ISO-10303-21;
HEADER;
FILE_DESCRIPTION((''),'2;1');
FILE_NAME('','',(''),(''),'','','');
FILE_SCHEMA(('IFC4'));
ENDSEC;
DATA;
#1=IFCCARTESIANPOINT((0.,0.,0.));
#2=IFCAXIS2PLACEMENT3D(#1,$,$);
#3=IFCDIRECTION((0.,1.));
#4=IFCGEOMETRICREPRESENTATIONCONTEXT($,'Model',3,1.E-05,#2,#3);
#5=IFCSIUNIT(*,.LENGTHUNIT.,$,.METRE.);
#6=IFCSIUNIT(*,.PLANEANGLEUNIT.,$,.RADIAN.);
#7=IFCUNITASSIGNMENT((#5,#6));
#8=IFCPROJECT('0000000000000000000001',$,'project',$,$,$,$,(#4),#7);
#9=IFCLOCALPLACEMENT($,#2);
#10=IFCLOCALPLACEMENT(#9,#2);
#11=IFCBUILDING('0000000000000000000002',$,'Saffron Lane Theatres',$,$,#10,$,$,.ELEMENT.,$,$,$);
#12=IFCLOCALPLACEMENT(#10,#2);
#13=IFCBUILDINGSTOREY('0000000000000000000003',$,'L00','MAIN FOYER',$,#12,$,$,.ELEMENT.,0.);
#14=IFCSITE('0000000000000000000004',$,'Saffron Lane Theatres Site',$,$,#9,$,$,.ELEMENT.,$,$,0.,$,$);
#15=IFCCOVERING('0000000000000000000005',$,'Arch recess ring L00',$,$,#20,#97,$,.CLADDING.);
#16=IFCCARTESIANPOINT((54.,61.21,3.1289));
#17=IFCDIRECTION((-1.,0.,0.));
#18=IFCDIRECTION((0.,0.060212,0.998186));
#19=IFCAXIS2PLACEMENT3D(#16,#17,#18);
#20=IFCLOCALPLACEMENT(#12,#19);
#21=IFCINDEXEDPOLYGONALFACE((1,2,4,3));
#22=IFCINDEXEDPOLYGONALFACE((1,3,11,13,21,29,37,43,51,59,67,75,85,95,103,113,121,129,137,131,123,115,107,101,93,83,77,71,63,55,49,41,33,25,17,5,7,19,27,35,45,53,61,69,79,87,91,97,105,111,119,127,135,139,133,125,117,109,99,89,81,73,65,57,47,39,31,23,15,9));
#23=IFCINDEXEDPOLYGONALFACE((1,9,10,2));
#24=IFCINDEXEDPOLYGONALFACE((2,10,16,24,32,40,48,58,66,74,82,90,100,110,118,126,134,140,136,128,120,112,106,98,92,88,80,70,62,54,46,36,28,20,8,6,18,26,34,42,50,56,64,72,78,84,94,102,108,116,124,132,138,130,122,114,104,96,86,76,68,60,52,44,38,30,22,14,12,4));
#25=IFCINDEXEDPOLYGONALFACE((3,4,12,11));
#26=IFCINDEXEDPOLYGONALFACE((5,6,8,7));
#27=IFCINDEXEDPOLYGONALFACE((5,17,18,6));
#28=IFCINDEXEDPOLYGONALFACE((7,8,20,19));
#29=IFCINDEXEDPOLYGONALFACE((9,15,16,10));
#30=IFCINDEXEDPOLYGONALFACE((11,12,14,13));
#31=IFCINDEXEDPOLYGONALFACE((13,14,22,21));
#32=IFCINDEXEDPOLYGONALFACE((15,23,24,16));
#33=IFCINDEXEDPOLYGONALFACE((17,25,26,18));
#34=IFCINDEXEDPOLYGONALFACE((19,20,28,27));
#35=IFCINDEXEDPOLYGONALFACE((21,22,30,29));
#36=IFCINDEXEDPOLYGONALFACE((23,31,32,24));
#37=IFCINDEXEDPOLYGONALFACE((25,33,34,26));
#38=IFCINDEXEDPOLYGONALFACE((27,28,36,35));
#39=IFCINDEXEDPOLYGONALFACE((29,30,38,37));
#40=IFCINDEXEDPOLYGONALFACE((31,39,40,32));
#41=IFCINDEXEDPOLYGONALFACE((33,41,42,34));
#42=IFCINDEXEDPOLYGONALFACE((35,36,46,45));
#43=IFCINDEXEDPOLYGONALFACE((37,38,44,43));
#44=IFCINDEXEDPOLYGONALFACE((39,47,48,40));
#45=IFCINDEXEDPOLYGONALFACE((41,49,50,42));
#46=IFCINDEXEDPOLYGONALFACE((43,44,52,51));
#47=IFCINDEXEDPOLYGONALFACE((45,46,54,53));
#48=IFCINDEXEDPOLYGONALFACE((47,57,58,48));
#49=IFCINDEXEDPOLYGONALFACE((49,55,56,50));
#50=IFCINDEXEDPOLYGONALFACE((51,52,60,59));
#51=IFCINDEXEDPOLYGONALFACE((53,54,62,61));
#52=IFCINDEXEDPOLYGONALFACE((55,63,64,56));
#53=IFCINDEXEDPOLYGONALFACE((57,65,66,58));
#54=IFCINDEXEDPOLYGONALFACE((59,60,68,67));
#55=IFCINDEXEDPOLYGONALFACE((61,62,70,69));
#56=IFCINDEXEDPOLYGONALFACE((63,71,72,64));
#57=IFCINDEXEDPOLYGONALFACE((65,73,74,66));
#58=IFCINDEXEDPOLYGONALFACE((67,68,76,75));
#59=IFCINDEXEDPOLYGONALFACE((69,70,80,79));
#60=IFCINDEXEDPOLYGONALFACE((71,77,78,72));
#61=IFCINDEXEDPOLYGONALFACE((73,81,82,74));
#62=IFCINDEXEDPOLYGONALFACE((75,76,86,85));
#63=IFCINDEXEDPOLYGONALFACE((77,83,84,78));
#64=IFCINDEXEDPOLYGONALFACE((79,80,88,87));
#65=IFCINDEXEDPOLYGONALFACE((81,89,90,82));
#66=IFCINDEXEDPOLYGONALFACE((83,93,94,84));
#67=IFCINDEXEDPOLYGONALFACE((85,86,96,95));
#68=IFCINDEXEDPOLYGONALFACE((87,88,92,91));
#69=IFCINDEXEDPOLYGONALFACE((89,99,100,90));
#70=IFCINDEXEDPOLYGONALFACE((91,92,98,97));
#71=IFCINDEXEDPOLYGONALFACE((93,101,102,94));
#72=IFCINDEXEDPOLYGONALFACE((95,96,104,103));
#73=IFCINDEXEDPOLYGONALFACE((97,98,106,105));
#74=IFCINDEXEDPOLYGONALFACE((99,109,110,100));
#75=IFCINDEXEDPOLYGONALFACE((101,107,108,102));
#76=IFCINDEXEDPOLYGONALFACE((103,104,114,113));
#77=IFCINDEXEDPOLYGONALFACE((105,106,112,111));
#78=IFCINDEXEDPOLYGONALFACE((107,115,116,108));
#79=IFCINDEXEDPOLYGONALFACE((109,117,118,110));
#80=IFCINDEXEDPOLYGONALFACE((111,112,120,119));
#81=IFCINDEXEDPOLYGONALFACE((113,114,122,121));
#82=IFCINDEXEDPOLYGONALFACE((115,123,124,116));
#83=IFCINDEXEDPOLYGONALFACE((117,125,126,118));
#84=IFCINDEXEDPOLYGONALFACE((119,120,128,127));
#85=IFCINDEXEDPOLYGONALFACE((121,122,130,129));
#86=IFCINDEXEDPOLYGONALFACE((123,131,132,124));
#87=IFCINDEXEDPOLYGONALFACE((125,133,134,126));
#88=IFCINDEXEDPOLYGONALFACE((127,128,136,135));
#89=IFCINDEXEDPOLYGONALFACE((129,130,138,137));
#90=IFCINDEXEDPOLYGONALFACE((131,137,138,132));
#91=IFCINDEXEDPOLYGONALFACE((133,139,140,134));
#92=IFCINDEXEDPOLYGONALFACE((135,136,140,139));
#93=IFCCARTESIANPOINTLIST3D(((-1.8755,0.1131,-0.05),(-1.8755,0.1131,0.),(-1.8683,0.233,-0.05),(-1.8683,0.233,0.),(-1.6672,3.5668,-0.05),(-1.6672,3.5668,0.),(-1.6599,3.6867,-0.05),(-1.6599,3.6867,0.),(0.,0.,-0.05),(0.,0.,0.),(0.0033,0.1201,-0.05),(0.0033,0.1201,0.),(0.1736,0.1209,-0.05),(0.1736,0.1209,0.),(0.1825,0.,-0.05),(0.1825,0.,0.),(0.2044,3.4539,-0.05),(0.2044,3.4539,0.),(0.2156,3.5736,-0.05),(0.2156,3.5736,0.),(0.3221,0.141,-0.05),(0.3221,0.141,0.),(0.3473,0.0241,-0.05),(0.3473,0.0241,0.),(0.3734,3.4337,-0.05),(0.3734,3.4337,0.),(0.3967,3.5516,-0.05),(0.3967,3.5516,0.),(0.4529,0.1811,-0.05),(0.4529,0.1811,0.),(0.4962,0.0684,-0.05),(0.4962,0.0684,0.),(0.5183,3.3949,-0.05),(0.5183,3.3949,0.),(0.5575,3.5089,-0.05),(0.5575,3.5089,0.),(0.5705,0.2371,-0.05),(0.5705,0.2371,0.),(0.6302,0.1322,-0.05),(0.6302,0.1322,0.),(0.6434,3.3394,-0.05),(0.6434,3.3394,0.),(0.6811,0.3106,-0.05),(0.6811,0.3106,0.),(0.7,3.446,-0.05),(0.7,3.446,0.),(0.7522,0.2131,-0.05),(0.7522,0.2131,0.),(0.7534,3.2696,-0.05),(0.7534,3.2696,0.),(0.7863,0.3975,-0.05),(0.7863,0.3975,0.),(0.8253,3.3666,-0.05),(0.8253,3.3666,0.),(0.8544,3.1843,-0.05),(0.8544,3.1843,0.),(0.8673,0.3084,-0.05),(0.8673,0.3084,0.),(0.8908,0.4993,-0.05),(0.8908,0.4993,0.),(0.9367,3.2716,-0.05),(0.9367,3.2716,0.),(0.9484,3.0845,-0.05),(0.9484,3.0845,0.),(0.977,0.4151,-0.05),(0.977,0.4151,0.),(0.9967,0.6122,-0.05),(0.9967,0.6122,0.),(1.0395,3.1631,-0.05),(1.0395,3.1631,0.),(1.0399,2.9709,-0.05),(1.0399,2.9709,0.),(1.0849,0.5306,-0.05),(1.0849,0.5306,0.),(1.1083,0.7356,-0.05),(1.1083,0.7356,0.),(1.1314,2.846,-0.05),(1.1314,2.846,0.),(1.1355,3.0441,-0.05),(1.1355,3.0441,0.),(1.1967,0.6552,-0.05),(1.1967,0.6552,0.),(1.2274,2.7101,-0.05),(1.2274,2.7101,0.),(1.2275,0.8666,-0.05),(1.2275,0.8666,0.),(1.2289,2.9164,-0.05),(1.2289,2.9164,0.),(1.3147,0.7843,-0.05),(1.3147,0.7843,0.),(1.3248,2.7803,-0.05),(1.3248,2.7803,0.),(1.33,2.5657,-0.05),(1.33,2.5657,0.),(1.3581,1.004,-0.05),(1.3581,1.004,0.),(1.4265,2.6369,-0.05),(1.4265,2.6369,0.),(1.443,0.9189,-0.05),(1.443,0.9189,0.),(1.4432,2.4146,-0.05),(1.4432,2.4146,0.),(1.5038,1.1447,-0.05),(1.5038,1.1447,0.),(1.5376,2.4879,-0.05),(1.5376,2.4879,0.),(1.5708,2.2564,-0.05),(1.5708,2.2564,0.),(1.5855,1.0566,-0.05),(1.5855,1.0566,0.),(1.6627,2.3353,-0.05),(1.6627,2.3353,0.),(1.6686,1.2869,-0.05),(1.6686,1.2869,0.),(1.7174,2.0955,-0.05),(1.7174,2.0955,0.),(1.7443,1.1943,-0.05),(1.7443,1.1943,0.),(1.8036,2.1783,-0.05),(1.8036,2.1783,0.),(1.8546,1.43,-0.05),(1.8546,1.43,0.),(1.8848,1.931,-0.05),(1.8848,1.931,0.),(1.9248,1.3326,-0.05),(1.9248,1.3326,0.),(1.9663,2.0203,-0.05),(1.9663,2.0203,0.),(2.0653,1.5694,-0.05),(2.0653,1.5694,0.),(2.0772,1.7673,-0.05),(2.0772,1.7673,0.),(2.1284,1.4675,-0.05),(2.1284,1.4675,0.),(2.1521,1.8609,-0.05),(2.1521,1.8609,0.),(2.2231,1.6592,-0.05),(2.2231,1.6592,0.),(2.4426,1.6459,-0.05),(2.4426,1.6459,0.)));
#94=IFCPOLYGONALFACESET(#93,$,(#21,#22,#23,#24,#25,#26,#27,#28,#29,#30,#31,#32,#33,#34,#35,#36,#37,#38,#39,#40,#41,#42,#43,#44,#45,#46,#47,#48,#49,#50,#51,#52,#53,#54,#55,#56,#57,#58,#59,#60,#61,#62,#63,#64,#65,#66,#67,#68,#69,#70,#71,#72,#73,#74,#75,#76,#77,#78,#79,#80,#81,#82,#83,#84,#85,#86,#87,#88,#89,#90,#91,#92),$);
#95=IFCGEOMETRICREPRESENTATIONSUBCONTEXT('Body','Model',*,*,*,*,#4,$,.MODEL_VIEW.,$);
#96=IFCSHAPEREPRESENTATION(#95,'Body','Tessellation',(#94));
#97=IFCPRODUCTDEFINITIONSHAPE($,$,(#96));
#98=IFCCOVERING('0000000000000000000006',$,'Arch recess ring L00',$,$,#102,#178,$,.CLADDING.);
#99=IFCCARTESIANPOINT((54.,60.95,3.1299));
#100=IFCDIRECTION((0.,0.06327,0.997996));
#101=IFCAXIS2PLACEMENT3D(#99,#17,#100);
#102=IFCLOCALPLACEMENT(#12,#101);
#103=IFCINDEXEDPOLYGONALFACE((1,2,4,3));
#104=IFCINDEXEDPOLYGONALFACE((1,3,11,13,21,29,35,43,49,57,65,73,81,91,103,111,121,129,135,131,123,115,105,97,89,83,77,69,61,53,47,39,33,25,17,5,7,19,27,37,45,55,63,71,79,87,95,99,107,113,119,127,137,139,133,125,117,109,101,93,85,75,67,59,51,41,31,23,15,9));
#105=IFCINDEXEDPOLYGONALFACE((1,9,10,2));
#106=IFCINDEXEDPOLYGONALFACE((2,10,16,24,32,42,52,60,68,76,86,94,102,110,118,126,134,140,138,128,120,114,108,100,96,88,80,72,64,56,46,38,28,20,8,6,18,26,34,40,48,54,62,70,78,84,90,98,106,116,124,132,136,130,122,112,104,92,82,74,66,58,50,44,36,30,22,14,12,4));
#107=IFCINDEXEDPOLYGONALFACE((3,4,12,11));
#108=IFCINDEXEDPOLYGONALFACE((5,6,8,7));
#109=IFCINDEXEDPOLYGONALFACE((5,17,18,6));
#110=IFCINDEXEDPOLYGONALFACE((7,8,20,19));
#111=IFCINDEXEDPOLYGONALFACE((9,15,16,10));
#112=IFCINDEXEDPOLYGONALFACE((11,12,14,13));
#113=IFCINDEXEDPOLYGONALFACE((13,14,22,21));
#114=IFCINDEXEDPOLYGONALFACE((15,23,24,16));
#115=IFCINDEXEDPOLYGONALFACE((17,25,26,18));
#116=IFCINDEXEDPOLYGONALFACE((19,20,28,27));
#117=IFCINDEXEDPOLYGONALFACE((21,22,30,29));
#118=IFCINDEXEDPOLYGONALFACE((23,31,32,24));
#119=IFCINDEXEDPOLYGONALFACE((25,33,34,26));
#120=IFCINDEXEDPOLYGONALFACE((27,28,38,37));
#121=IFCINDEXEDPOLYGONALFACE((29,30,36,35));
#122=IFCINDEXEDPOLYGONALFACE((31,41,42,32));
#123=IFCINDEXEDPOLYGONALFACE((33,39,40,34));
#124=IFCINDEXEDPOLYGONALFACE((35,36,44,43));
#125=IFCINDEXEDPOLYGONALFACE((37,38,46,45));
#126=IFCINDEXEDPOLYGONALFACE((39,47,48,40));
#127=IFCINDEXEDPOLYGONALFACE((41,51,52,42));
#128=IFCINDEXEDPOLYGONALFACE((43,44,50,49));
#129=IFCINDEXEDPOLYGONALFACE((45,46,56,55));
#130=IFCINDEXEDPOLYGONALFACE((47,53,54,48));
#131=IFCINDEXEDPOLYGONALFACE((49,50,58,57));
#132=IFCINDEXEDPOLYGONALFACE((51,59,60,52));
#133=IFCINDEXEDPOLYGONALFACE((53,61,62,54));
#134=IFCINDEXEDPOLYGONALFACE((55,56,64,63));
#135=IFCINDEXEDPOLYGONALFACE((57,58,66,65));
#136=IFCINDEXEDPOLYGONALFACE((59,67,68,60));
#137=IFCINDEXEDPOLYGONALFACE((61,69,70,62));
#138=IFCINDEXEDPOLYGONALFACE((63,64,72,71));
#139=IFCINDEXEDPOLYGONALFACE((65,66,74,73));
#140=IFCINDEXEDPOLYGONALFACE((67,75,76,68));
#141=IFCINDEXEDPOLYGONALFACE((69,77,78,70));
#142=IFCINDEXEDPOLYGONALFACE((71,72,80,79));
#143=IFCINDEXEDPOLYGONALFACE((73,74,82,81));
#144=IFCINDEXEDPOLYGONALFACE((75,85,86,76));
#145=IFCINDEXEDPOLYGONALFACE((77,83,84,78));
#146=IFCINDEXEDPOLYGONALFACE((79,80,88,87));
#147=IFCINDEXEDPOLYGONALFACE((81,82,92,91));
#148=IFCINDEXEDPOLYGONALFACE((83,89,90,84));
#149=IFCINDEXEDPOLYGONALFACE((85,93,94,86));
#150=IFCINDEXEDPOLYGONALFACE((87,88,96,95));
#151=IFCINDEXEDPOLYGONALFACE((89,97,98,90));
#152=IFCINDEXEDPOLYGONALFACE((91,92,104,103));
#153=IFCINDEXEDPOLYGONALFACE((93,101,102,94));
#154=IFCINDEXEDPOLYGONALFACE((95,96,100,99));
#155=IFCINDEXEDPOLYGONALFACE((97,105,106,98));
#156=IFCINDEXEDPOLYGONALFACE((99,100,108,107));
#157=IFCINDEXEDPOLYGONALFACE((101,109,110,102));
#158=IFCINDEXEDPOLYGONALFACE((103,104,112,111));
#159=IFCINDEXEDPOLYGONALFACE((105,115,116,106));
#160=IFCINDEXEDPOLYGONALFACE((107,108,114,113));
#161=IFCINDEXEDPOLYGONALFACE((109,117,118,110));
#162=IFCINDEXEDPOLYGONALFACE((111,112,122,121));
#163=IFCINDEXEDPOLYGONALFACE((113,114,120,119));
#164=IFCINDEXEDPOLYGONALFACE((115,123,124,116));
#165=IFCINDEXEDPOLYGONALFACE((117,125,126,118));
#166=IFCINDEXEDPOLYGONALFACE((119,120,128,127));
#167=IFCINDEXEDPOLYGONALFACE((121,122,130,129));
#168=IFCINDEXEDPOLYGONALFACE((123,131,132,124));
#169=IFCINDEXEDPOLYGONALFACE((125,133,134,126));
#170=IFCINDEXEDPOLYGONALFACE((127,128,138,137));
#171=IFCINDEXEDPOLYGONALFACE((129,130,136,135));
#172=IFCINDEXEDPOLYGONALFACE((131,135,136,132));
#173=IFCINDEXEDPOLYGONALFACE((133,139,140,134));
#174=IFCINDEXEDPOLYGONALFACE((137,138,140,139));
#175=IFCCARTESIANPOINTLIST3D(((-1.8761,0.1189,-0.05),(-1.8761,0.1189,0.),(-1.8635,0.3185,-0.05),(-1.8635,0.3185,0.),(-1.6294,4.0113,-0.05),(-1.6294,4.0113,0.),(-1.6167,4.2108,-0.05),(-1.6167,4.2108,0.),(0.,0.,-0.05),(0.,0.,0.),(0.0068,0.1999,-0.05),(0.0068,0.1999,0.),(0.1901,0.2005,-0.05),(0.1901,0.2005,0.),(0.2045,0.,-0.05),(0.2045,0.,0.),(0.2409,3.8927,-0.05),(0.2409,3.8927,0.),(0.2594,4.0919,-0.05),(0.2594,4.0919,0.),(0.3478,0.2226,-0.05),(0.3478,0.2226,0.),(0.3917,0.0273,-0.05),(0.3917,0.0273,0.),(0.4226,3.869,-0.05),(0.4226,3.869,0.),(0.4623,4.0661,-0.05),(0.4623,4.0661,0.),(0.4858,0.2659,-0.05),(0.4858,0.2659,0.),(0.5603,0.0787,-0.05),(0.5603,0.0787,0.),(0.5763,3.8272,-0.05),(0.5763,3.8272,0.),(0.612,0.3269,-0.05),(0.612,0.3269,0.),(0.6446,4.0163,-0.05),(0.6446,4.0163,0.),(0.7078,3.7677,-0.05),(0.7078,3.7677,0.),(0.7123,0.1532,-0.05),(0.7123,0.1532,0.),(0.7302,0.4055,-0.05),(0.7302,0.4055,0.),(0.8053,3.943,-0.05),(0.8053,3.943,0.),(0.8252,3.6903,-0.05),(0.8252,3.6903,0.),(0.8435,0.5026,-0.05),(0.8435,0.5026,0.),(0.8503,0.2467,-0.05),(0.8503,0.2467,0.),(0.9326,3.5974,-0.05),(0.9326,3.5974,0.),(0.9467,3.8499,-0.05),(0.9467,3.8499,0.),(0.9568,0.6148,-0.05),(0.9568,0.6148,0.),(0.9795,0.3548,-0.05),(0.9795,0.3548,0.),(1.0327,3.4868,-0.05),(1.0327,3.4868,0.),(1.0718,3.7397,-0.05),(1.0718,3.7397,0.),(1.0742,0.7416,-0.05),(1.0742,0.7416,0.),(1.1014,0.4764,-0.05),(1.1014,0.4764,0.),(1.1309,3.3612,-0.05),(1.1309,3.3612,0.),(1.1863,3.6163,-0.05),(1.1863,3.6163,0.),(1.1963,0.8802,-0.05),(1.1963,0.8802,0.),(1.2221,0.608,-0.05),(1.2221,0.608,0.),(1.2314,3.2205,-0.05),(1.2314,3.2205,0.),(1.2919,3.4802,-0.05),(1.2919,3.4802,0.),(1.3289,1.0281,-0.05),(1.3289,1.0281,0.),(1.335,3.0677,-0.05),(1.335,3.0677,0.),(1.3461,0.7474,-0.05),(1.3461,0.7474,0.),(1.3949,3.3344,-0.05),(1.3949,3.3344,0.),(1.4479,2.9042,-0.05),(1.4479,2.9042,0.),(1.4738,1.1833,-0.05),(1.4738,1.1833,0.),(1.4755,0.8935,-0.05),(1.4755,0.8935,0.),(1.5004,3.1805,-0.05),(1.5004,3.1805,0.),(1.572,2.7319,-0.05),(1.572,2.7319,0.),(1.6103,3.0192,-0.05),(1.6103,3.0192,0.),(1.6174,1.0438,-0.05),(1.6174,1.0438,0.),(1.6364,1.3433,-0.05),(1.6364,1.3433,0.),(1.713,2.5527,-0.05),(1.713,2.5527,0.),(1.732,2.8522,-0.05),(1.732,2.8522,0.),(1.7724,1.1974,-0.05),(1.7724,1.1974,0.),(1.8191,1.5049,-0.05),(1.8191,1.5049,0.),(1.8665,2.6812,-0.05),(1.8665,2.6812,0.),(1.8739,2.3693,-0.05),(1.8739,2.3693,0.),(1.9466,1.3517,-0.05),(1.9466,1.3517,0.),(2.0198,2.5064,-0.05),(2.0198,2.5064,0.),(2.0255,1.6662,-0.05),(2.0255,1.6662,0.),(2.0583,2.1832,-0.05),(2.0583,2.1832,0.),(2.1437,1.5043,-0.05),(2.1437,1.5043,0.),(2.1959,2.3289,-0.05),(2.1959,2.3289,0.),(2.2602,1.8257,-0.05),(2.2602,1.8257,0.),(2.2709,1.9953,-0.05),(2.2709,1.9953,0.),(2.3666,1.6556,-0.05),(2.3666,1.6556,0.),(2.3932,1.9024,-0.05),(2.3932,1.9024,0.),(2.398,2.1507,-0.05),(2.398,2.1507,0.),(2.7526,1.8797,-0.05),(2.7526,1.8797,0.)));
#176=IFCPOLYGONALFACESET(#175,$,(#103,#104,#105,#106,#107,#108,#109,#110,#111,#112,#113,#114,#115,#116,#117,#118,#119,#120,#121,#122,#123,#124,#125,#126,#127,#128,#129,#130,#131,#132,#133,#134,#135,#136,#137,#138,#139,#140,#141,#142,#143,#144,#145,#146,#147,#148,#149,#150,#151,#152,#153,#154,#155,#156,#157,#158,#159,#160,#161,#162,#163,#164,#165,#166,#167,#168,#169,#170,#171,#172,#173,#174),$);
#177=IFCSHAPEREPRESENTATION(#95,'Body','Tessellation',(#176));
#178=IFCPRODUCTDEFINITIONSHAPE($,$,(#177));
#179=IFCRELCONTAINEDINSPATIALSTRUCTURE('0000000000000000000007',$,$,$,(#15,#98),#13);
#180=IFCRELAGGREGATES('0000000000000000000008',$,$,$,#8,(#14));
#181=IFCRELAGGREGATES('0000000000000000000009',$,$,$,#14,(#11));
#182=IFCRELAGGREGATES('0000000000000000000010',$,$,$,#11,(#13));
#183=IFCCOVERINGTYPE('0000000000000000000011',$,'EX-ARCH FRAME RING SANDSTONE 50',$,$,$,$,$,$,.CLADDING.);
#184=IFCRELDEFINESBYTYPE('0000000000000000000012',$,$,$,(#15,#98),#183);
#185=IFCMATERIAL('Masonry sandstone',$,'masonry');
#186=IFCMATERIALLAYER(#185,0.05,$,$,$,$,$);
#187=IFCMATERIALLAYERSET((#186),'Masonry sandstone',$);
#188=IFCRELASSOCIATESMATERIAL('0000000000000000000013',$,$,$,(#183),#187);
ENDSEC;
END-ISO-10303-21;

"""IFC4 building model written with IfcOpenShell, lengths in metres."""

from ifc_helpers import new_model, si_unit, direction, frame, origin, place, context, subcontext, project, spatial, polyline, outline, extrude, material, layer, layer_set, type_object, element, save


model = new_model("IFC4")

# Units and contexts
model_context = context("Model", 3, precision=1e-05, world=origin(), true_north=direction((0.0, 1.0)))
body_context = subcontext(model_context, "Body", "Model", "MODEL_VIEW")
ifc_project = project(units=[si_unit("LENGTHUNIT", "METRE"), si_unit("PLANEANGLEUNIT", "RADIAN")], contexts=[model_context])

# Site, building, storey
site_placement = place(None, origin())
site = spatial("IfcSite", under=ifc_project, at=site_placement, Name="Saffron Lane Theatres Site", CompositionType="ELEMENT", RefElevation=0.0)
building_placement = place(site_placement, origin())
building = spatial("IfcBuilding", under=site, at=building_placement, Name="Saffron Lane Theatres", CompositionType="ELEMENT")
storey_placement = place(building_placement, origin())
storey = spatial("IfcBuildingStorey", under=building, at=storey_placement, Name="L00", Description="MAIN FOYER", CompositionType="ELEMENT", Elevation=0.0)

# Coverings
ifc_material_1 = material(Name="Masonry sandstone", Category="masonry")
ifc_layer_1 = layer(ifc_material_1, 0.05)
ifc_layer_set_1 = layer_set([ifc_layer_1], Name="Masonry sandstone")
covering_type_1 = type_object("IfcCoveringType", Name="EX-ARCH FRAME RING SANDSTONE 50", PredefinedType="CLADDING", material=ifc_layer_set_1)
covering_1_placement = place(storey_placement, frame((54.0, 61.21, 3.1289), z_axis=(-1.0, 0.0, 0.0), x_axis=(0.0, 0.060212, 0.998186)))
element("IfcCovering", 1, at=covering_1_placement, inside=storey, type_object=covering_type_1, Name="Arch recess ring L00", PredefinedType="CLADDING", context=body_context, shape_type="SweptSolid", body=[
    extrude(outline(polyline([(0.0, 0.0), (0.1825, 0.0), (0.3473, 0.0241), (0.4962, 0.0684), (0.6302, 0.1322), (0.7522, 0.2131), (0.8673, 0.3084), (0.977, 0.4151), (1.0849, 0.5306), (1.1967, 0.6552), (1.3147, 0.7843), (1.443, 0.9189), (1.5855, 1.0566), (1.7443, 1.1943), (1.9248, 1.3326), (2.1284, 1.4675), (2.4426, 1.6459), (2.1521, 1.8609), (1.9663, 2.0203), (1.8036, 2.1783), (1.6627, 2.3353), (1.5376, 2.4879), (1.4265, 2.6369), (1.3248, 2.7803), (1.2289, 2.9164), (1.1355, 3.0441), (1.0395, 3.1631), (0.9367, 3.2716), (0.8253, 3.3666), (0.7, 3.446), (0.5575, 3.5089), (0.3967, 3.5516), (0.2156, 3.5736), (-1.6599, 3.6867), (-1.6672, 3.5668), (0.2044, 3.4539), (0.3734, 3.4337), (0.5183, 3.3949), (0.6434, 3.3394), (0.7534, 3.2696), (0.8544, 3.1843), (0.9484, 3.0845), (1.0399, 2.9709), (1.1314, 2.846), (1.2274, 2.7101), (1.33, 2.5657), (1.4432, 2.4146), (1.5708, 2.2564), (1.7174, 2.0955), (1.8848, 1.931), (2.0772, 1.7673), (2.2231, 1.6592), (2.0653, 1.5694), (1.8546, 1.43), (1.6686, 1.2869), (1.5038, 1.1447), (1.3581, 1.004), (1.2275, 0.8666), (1.1083, 0.7356), (0.9967, 0.6122), (0.8908, 0.4993), (0.7863, 0.3975), (0.6811, 0.3106), (0.5705, 0.2371), (0.4529, 0.1811), (0.3221, 0.141), (0.1736, 0.1209), (0.0033, 0.1201), (-1.8683, 0.233), (-1.8755, 0.1131), (0.0, 0.0)])), origin(), (0.0, 0.0, -1.0), 0.05),
])
covering_2_placement = place(storey_placement, frame((54.0, 60.95, 3.1299), z_axis=(-1.0, 0.0, 0.0), x_axis=(0.0, 0.06327, 0.997996)))
element("IfcCovering", 2, at=covering_2_placement, inside=storey, type_object=covering_type_1, Name="Arch recess ring L00", PredefinedType="CLADDING", context=body_context, shape_type="SweptSolid", body=[
    extrude(outline(polyline([(0.0, 0.0), (0.2045, 0.0), (0.3917, 0.0273), (0.5603, 0.0787), (0.7123, 0.1532), (0.8503, 0.2467), (0.9795, 0.3548), (1.1014, 0.4764), (1.2221, 0.608), (1.3461, 0.7474), (1.4755, 0.8935), (1.6174, 1.0438), (1.7724, 1.1974), (1.9466, 1.3517), (2.1437, 1.5043), (2.3666, 1.6556), (2.7526, 1.8797), (2.398, 2.1507), (2.1959, 2.3289), (2.0198, 2.5064), (1.8665, 2.6812), (1.732, 2.8522), (1.6103, 3.0192), (1.5004, 3.1805), (1.3949, 3.3344), (1.2919, 3.4802), (1.1863, 3.6163), (1.0718, 3.7397), (0.9467, 3.8499), (0.8053, 3.943), (0.6446, 4.0163), (0.4623, 4.0661), (0.2594, 4.0919), (-1.6167, 4.2108), (-1.6294, 4.0113), (0.2409, 3.8927), (0.4226, 3.869), (0.5763, 3.8272), (0.7078, 3.7677), (0.8252, 3.6903), (0.9326, 3.5974), (1.0327, 3.4868), (1.1309, 3.3612), (1.2314, 3.2205), (1.335, 3.0677), (1.4479, 2.9042), (1.572, 2.7319), (1.713, 2.5527), (1.8739, 2.3693), (2.0583, 2.1832), (2.2709, 1.9953), (2.3932, 1.9024), (2.2602, 1.8257), (2.0255, 1.6662), (1.8191, 1.5049), (1.6364, 1.3433), (1.4738, 1.1833), (1.3289, 1.0281), (1.1963, 0.8802), (1.0742, 0.7416), (0.9568, 0.6148), (0.8435, 0.5026), (0.7302, 0.4055), (0.612, 0.3269), (0.4858, 0.2659), (0.3478, 0.2226), (0.1901, 0.2005), (0.0068, 0.1999), (-1.8635, 0.3185), (-1.8761, 0.1189), (0.0, 0.0)])), origin(), (0.0, 0.0, -1.0), 0.05),
])

save(model, "model.ifc")
